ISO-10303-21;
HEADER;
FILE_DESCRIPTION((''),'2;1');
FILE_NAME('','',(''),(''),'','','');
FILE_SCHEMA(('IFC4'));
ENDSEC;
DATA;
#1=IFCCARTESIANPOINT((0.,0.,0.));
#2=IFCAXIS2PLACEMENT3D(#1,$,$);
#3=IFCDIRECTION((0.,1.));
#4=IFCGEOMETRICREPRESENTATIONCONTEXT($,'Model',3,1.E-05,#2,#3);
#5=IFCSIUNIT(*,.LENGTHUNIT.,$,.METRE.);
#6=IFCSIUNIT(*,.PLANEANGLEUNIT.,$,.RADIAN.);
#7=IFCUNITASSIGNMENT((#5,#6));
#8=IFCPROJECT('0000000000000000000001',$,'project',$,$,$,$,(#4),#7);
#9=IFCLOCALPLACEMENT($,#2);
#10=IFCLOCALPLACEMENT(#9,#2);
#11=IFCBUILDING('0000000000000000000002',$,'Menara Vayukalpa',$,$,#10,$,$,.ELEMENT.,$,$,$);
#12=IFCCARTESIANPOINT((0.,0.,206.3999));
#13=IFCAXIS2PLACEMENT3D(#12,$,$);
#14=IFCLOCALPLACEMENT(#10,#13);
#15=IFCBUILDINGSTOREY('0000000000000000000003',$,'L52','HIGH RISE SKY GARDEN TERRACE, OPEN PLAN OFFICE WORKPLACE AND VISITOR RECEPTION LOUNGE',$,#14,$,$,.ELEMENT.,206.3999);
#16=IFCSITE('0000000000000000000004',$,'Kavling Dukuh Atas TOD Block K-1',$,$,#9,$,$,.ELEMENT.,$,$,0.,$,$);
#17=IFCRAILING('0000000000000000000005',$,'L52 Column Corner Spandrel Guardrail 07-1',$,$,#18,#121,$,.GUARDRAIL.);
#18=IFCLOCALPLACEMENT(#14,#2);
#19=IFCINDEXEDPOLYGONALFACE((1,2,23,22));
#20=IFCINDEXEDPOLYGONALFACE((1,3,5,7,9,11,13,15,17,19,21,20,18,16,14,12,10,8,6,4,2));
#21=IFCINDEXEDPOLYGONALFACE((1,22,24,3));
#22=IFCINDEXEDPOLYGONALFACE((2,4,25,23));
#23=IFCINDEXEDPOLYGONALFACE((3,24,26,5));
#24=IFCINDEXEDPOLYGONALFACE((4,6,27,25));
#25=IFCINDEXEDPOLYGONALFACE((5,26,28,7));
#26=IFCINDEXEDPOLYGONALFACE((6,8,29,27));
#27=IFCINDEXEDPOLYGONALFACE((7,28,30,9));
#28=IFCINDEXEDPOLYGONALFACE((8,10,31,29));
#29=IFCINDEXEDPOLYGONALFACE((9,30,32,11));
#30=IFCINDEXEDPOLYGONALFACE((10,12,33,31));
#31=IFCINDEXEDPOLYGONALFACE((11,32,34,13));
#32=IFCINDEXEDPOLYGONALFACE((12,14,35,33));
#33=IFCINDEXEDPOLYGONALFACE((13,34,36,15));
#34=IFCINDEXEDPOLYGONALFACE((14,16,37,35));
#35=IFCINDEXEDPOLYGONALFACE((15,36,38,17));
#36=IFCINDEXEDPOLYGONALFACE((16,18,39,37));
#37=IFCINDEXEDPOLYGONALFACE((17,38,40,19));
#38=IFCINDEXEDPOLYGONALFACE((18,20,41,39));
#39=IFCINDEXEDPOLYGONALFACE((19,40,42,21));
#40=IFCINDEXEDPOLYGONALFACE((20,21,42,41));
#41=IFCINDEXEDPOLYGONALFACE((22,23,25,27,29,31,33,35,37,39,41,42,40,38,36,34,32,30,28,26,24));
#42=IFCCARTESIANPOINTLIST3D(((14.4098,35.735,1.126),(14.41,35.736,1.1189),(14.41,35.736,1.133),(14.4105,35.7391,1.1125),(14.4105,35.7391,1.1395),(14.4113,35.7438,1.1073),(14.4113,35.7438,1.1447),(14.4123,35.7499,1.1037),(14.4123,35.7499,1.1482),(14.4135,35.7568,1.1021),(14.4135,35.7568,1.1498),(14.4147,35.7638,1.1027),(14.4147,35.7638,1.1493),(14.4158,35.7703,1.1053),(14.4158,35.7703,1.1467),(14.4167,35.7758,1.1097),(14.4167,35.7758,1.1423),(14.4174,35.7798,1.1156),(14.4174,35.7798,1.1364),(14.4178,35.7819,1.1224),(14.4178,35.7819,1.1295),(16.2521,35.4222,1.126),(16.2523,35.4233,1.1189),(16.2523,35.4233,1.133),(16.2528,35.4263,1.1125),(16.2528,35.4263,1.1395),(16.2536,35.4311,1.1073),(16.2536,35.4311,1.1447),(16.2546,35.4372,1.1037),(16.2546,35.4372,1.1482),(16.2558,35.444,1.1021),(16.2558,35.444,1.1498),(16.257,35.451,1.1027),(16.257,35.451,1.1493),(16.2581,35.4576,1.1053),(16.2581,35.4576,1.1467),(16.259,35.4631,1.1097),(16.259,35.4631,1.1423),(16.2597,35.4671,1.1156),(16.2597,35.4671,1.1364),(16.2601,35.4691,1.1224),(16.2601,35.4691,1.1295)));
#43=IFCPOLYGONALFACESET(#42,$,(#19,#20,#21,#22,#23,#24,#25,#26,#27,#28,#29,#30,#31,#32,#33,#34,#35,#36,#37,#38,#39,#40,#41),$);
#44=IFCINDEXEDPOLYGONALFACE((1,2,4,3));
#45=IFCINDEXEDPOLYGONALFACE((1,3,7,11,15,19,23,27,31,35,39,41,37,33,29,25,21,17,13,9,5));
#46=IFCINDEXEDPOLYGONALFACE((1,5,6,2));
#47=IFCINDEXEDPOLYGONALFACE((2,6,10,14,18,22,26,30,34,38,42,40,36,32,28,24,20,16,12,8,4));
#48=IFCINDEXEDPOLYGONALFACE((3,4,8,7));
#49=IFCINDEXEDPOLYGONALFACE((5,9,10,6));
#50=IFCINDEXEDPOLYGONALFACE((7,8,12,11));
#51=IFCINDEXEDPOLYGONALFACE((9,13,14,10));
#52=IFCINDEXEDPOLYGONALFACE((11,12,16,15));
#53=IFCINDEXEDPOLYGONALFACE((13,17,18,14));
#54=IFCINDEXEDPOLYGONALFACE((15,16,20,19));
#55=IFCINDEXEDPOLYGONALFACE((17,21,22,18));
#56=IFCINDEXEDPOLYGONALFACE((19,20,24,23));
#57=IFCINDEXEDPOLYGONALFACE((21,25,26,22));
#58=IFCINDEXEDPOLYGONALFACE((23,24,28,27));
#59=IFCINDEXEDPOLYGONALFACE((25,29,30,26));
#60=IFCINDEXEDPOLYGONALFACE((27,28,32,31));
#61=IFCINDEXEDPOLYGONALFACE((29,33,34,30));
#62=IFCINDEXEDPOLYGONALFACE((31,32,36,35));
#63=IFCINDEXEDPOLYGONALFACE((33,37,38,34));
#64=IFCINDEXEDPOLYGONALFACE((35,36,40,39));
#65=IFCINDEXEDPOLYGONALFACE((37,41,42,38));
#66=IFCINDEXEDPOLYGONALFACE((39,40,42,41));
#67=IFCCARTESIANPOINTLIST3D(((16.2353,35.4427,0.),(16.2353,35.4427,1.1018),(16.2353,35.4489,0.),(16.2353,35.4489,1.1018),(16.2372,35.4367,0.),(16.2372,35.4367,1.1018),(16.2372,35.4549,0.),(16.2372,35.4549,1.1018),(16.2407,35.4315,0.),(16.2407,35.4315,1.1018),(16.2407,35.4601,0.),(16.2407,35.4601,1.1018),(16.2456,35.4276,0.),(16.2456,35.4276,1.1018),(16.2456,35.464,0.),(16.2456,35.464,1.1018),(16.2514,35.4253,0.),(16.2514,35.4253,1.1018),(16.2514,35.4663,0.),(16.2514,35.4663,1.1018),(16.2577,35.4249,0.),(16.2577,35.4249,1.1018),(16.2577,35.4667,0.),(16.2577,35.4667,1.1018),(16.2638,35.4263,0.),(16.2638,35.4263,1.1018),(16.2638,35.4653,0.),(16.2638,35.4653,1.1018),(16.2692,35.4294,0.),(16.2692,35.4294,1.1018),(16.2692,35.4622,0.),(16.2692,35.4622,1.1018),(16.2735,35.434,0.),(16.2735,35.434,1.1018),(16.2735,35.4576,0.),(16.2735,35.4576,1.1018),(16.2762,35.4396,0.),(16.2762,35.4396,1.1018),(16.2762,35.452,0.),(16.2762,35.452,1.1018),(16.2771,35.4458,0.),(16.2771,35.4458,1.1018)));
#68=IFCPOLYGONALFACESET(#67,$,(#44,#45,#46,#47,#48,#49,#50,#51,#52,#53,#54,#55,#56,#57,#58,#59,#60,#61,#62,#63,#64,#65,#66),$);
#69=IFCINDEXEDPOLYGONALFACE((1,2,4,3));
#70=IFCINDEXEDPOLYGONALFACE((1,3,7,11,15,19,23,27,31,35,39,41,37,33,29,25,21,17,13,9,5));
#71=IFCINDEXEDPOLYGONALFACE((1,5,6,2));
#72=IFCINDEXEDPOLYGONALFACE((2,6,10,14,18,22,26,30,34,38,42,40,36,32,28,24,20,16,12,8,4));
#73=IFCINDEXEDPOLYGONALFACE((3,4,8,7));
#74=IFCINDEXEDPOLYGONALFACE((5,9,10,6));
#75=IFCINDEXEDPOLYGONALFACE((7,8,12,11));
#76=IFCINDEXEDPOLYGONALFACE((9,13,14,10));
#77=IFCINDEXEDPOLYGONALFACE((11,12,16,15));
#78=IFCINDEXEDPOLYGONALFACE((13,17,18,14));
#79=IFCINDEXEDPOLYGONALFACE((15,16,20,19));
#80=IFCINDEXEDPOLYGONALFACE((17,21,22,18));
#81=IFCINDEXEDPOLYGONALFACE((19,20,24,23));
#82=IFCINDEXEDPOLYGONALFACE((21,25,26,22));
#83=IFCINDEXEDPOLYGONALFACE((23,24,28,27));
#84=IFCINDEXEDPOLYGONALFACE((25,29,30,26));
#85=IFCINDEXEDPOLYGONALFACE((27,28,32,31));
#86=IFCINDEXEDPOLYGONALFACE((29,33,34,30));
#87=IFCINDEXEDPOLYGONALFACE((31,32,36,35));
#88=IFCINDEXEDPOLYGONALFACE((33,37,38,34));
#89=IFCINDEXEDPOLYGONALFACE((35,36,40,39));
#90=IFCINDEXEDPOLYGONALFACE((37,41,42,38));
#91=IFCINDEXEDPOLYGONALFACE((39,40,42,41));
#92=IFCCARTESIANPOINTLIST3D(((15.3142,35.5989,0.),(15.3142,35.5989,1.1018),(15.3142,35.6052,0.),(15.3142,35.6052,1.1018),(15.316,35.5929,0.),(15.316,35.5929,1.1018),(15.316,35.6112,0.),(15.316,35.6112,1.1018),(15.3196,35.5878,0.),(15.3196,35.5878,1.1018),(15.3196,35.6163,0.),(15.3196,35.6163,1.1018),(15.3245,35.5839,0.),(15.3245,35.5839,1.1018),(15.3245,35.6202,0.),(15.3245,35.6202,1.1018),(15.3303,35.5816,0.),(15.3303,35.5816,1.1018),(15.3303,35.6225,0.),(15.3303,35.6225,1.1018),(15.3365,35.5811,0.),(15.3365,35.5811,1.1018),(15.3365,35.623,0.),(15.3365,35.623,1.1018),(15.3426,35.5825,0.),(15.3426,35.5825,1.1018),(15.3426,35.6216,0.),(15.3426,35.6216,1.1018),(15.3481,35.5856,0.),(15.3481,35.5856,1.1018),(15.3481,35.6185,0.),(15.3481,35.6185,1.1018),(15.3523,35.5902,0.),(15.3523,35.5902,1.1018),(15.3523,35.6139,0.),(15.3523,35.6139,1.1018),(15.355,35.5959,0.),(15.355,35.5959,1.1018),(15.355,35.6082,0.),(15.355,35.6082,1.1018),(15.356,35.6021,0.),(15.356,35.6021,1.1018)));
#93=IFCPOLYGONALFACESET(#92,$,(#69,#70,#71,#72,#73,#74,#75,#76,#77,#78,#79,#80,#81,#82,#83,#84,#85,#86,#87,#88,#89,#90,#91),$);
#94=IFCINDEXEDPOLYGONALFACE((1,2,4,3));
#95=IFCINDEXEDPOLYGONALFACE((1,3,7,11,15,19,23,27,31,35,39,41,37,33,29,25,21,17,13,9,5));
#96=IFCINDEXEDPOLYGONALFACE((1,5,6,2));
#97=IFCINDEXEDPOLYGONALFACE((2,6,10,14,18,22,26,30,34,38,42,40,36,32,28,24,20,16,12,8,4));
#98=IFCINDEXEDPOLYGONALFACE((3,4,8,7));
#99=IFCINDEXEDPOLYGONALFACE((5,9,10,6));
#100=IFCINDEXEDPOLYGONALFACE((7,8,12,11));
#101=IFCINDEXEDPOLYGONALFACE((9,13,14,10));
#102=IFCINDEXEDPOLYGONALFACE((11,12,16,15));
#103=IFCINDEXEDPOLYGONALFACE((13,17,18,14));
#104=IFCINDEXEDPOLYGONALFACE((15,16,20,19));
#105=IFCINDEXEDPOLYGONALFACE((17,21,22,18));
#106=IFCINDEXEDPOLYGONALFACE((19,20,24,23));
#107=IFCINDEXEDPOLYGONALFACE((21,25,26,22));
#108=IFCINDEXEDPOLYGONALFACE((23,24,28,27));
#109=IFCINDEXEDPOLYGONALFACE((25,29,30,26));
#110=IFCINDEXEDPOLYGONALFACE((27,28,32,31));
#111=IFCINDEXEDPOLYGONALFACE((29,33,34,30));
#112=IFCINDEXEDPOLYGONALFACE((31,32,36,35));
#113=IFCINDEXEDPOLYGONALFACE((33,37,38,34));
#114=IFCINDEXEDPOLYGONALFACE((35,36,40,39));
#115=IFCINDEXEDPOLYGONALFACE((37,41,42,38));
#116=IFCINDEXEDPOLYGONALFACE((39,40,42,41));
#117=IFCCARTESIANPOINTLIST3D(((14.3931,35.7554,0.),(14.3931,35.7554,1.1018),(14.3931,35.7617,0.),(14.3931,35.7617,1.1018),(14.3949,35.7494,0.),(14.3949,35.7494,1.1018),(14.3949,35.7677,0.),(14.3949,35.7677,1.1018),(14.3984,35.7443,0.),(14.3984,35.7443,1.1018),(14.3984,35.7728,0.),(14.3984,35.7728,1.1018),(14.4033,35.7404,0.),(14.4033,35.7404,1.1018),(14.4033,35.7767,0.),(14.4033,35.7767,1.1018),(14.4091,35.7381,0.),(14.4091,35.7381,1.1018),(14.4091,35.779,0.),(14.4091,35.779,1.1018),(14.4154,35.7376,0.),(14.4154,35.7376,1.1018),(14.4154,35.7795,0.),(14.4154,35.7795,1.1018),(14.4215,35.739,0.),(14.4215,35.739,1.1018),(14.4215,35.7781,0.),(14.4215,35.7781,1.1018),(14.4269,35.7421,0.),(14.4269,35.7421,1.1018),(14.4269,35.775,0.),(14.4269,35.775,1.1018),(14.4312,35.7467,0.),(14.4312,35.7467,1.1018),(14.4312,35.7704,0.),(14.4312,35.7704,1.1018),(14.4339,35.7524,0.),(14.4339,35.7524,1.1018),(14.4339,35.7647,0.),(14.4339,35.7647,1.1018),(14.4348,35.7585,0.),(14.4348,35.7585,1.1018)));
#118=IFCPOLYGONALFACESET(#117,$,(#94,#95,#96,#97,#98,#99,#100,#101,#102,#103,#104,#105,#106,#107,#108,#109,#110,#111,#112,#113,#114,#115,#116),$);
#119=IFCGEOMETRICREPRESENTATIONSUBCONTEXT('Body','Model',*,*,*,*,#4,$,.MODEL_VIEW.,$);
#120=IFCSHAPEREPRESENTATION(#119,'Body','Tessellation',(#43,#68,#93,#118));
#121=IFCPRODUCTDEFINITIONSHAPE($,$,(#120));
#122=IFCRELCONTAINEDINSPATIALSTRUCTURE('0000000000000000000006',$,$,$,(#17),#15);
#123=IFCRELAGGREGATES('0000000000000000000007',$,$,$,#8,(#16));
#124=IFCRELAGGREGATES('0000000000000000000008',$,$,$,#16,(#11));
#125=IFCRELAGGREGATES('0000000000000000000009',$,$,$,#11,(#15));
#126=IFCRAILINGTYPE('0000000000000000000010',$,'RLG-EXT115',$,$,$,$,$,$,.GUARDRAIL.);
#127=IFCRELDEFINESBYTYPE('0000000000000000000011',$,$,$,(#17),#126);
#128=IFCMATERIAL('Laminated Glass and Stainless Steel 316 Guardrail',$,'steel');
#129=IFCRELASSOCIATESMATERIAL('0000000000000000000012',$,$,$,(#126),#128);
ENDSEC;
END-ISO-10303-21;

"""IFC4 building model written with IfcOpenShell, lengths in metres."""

from ifc_helpers import new_model, si_unit, direction, frame, origin, origin_2d, place, context, subcontext, project, spatial, circle, extrude, material, type_object, element, save


model = new_model("IFC4")

# Units and contexts
model_context = context("Model", 3, precision=1e-05, world=origin(), true_north=direction((0.0, 1.0)))
body_context = subcontext(model_context, "Body", "Model", "MODEL_VIEW")
ifc_project = project(units=[si_unit("LENGTHUNIT", "METRE"), si_unit("PLANEANGLEUNIT", "RADIAN")], contexts=[model_context])

# Site, building, storey
site_placement = place(None, origin())
site = spatial("IfcSite", under=ifc_project, at=site_placement, Name="Kavling Dukuh Atas TOD Block K-1", CompositionType="ELEMENT", RefElevation=0.0)
building_placement = place(site_placement, origin())
building = spatial("IfcBuilding", under=site, at=building_placement, Name="Menara Vayukalpa", CompositionType="ELEMENT")
storey_placement = place(building_placement, frame((0.0, 0.0, 206.3999)))
storey = spatial("IfcBuildingStorey", under=building, at=storey_placement, Name="L52", Description="HIGH RISE SKY GARDEN TERRACE, OPEN PLAN OFFICE WORKPLACE AND VISITOR RECEPTION LOUNGE", CompositionType="ELEMENT", Elevation=206.3999)

# Railing
ifc_material_1 = material(Name="Laminated Glass and Stainless Steel 316 Guardrail", Category="steel")
railing_type = type_object("IfcRailingType", Name="RLG-EXT115", PredefinedType="GUARDRAIL", material=ifc_material_1)
railing_placement = place(storey_placement, frame((16.2561, 35.4458, 0.0)))
element("IfcRailing", 1, at=railing_placement, inside=storey, type_object=railing_type, Name="L52 Column Corner Spandrel Guardrail 07-1", PredefinedType="GUARDRAIL", context=body_context, shape_type="SweptSolid", body=[
    extrude(circle(Radius=0.0239, at=origin_2d()), frame((0.0, 0.0, 1.126), z_axis=(-0.985895, 0.167364, 0.0), x_axis=(-0.167364, -0.985895, 0.0)), (0.0, 0.0, 1.0), 1.8687),
    extrude(circle(Radius=0.021, at=origin_2d()), origin(), (0.0, 0.0, 1.0), 1.1018),
    extrude(circle(Radius=0.021, at=origin_2d()), frame((-0.9211, 0.1562, 0.0)), (0.0, 0.0, 1.0), 1.1018),
    extrude(circle(Radius=0.021, at=origin_2d()), frame((-1.8423, 0.3127, 0.0)), (0.0, 0.0, 1.0), 1.1018),
])

save(model, "model.ifc")
